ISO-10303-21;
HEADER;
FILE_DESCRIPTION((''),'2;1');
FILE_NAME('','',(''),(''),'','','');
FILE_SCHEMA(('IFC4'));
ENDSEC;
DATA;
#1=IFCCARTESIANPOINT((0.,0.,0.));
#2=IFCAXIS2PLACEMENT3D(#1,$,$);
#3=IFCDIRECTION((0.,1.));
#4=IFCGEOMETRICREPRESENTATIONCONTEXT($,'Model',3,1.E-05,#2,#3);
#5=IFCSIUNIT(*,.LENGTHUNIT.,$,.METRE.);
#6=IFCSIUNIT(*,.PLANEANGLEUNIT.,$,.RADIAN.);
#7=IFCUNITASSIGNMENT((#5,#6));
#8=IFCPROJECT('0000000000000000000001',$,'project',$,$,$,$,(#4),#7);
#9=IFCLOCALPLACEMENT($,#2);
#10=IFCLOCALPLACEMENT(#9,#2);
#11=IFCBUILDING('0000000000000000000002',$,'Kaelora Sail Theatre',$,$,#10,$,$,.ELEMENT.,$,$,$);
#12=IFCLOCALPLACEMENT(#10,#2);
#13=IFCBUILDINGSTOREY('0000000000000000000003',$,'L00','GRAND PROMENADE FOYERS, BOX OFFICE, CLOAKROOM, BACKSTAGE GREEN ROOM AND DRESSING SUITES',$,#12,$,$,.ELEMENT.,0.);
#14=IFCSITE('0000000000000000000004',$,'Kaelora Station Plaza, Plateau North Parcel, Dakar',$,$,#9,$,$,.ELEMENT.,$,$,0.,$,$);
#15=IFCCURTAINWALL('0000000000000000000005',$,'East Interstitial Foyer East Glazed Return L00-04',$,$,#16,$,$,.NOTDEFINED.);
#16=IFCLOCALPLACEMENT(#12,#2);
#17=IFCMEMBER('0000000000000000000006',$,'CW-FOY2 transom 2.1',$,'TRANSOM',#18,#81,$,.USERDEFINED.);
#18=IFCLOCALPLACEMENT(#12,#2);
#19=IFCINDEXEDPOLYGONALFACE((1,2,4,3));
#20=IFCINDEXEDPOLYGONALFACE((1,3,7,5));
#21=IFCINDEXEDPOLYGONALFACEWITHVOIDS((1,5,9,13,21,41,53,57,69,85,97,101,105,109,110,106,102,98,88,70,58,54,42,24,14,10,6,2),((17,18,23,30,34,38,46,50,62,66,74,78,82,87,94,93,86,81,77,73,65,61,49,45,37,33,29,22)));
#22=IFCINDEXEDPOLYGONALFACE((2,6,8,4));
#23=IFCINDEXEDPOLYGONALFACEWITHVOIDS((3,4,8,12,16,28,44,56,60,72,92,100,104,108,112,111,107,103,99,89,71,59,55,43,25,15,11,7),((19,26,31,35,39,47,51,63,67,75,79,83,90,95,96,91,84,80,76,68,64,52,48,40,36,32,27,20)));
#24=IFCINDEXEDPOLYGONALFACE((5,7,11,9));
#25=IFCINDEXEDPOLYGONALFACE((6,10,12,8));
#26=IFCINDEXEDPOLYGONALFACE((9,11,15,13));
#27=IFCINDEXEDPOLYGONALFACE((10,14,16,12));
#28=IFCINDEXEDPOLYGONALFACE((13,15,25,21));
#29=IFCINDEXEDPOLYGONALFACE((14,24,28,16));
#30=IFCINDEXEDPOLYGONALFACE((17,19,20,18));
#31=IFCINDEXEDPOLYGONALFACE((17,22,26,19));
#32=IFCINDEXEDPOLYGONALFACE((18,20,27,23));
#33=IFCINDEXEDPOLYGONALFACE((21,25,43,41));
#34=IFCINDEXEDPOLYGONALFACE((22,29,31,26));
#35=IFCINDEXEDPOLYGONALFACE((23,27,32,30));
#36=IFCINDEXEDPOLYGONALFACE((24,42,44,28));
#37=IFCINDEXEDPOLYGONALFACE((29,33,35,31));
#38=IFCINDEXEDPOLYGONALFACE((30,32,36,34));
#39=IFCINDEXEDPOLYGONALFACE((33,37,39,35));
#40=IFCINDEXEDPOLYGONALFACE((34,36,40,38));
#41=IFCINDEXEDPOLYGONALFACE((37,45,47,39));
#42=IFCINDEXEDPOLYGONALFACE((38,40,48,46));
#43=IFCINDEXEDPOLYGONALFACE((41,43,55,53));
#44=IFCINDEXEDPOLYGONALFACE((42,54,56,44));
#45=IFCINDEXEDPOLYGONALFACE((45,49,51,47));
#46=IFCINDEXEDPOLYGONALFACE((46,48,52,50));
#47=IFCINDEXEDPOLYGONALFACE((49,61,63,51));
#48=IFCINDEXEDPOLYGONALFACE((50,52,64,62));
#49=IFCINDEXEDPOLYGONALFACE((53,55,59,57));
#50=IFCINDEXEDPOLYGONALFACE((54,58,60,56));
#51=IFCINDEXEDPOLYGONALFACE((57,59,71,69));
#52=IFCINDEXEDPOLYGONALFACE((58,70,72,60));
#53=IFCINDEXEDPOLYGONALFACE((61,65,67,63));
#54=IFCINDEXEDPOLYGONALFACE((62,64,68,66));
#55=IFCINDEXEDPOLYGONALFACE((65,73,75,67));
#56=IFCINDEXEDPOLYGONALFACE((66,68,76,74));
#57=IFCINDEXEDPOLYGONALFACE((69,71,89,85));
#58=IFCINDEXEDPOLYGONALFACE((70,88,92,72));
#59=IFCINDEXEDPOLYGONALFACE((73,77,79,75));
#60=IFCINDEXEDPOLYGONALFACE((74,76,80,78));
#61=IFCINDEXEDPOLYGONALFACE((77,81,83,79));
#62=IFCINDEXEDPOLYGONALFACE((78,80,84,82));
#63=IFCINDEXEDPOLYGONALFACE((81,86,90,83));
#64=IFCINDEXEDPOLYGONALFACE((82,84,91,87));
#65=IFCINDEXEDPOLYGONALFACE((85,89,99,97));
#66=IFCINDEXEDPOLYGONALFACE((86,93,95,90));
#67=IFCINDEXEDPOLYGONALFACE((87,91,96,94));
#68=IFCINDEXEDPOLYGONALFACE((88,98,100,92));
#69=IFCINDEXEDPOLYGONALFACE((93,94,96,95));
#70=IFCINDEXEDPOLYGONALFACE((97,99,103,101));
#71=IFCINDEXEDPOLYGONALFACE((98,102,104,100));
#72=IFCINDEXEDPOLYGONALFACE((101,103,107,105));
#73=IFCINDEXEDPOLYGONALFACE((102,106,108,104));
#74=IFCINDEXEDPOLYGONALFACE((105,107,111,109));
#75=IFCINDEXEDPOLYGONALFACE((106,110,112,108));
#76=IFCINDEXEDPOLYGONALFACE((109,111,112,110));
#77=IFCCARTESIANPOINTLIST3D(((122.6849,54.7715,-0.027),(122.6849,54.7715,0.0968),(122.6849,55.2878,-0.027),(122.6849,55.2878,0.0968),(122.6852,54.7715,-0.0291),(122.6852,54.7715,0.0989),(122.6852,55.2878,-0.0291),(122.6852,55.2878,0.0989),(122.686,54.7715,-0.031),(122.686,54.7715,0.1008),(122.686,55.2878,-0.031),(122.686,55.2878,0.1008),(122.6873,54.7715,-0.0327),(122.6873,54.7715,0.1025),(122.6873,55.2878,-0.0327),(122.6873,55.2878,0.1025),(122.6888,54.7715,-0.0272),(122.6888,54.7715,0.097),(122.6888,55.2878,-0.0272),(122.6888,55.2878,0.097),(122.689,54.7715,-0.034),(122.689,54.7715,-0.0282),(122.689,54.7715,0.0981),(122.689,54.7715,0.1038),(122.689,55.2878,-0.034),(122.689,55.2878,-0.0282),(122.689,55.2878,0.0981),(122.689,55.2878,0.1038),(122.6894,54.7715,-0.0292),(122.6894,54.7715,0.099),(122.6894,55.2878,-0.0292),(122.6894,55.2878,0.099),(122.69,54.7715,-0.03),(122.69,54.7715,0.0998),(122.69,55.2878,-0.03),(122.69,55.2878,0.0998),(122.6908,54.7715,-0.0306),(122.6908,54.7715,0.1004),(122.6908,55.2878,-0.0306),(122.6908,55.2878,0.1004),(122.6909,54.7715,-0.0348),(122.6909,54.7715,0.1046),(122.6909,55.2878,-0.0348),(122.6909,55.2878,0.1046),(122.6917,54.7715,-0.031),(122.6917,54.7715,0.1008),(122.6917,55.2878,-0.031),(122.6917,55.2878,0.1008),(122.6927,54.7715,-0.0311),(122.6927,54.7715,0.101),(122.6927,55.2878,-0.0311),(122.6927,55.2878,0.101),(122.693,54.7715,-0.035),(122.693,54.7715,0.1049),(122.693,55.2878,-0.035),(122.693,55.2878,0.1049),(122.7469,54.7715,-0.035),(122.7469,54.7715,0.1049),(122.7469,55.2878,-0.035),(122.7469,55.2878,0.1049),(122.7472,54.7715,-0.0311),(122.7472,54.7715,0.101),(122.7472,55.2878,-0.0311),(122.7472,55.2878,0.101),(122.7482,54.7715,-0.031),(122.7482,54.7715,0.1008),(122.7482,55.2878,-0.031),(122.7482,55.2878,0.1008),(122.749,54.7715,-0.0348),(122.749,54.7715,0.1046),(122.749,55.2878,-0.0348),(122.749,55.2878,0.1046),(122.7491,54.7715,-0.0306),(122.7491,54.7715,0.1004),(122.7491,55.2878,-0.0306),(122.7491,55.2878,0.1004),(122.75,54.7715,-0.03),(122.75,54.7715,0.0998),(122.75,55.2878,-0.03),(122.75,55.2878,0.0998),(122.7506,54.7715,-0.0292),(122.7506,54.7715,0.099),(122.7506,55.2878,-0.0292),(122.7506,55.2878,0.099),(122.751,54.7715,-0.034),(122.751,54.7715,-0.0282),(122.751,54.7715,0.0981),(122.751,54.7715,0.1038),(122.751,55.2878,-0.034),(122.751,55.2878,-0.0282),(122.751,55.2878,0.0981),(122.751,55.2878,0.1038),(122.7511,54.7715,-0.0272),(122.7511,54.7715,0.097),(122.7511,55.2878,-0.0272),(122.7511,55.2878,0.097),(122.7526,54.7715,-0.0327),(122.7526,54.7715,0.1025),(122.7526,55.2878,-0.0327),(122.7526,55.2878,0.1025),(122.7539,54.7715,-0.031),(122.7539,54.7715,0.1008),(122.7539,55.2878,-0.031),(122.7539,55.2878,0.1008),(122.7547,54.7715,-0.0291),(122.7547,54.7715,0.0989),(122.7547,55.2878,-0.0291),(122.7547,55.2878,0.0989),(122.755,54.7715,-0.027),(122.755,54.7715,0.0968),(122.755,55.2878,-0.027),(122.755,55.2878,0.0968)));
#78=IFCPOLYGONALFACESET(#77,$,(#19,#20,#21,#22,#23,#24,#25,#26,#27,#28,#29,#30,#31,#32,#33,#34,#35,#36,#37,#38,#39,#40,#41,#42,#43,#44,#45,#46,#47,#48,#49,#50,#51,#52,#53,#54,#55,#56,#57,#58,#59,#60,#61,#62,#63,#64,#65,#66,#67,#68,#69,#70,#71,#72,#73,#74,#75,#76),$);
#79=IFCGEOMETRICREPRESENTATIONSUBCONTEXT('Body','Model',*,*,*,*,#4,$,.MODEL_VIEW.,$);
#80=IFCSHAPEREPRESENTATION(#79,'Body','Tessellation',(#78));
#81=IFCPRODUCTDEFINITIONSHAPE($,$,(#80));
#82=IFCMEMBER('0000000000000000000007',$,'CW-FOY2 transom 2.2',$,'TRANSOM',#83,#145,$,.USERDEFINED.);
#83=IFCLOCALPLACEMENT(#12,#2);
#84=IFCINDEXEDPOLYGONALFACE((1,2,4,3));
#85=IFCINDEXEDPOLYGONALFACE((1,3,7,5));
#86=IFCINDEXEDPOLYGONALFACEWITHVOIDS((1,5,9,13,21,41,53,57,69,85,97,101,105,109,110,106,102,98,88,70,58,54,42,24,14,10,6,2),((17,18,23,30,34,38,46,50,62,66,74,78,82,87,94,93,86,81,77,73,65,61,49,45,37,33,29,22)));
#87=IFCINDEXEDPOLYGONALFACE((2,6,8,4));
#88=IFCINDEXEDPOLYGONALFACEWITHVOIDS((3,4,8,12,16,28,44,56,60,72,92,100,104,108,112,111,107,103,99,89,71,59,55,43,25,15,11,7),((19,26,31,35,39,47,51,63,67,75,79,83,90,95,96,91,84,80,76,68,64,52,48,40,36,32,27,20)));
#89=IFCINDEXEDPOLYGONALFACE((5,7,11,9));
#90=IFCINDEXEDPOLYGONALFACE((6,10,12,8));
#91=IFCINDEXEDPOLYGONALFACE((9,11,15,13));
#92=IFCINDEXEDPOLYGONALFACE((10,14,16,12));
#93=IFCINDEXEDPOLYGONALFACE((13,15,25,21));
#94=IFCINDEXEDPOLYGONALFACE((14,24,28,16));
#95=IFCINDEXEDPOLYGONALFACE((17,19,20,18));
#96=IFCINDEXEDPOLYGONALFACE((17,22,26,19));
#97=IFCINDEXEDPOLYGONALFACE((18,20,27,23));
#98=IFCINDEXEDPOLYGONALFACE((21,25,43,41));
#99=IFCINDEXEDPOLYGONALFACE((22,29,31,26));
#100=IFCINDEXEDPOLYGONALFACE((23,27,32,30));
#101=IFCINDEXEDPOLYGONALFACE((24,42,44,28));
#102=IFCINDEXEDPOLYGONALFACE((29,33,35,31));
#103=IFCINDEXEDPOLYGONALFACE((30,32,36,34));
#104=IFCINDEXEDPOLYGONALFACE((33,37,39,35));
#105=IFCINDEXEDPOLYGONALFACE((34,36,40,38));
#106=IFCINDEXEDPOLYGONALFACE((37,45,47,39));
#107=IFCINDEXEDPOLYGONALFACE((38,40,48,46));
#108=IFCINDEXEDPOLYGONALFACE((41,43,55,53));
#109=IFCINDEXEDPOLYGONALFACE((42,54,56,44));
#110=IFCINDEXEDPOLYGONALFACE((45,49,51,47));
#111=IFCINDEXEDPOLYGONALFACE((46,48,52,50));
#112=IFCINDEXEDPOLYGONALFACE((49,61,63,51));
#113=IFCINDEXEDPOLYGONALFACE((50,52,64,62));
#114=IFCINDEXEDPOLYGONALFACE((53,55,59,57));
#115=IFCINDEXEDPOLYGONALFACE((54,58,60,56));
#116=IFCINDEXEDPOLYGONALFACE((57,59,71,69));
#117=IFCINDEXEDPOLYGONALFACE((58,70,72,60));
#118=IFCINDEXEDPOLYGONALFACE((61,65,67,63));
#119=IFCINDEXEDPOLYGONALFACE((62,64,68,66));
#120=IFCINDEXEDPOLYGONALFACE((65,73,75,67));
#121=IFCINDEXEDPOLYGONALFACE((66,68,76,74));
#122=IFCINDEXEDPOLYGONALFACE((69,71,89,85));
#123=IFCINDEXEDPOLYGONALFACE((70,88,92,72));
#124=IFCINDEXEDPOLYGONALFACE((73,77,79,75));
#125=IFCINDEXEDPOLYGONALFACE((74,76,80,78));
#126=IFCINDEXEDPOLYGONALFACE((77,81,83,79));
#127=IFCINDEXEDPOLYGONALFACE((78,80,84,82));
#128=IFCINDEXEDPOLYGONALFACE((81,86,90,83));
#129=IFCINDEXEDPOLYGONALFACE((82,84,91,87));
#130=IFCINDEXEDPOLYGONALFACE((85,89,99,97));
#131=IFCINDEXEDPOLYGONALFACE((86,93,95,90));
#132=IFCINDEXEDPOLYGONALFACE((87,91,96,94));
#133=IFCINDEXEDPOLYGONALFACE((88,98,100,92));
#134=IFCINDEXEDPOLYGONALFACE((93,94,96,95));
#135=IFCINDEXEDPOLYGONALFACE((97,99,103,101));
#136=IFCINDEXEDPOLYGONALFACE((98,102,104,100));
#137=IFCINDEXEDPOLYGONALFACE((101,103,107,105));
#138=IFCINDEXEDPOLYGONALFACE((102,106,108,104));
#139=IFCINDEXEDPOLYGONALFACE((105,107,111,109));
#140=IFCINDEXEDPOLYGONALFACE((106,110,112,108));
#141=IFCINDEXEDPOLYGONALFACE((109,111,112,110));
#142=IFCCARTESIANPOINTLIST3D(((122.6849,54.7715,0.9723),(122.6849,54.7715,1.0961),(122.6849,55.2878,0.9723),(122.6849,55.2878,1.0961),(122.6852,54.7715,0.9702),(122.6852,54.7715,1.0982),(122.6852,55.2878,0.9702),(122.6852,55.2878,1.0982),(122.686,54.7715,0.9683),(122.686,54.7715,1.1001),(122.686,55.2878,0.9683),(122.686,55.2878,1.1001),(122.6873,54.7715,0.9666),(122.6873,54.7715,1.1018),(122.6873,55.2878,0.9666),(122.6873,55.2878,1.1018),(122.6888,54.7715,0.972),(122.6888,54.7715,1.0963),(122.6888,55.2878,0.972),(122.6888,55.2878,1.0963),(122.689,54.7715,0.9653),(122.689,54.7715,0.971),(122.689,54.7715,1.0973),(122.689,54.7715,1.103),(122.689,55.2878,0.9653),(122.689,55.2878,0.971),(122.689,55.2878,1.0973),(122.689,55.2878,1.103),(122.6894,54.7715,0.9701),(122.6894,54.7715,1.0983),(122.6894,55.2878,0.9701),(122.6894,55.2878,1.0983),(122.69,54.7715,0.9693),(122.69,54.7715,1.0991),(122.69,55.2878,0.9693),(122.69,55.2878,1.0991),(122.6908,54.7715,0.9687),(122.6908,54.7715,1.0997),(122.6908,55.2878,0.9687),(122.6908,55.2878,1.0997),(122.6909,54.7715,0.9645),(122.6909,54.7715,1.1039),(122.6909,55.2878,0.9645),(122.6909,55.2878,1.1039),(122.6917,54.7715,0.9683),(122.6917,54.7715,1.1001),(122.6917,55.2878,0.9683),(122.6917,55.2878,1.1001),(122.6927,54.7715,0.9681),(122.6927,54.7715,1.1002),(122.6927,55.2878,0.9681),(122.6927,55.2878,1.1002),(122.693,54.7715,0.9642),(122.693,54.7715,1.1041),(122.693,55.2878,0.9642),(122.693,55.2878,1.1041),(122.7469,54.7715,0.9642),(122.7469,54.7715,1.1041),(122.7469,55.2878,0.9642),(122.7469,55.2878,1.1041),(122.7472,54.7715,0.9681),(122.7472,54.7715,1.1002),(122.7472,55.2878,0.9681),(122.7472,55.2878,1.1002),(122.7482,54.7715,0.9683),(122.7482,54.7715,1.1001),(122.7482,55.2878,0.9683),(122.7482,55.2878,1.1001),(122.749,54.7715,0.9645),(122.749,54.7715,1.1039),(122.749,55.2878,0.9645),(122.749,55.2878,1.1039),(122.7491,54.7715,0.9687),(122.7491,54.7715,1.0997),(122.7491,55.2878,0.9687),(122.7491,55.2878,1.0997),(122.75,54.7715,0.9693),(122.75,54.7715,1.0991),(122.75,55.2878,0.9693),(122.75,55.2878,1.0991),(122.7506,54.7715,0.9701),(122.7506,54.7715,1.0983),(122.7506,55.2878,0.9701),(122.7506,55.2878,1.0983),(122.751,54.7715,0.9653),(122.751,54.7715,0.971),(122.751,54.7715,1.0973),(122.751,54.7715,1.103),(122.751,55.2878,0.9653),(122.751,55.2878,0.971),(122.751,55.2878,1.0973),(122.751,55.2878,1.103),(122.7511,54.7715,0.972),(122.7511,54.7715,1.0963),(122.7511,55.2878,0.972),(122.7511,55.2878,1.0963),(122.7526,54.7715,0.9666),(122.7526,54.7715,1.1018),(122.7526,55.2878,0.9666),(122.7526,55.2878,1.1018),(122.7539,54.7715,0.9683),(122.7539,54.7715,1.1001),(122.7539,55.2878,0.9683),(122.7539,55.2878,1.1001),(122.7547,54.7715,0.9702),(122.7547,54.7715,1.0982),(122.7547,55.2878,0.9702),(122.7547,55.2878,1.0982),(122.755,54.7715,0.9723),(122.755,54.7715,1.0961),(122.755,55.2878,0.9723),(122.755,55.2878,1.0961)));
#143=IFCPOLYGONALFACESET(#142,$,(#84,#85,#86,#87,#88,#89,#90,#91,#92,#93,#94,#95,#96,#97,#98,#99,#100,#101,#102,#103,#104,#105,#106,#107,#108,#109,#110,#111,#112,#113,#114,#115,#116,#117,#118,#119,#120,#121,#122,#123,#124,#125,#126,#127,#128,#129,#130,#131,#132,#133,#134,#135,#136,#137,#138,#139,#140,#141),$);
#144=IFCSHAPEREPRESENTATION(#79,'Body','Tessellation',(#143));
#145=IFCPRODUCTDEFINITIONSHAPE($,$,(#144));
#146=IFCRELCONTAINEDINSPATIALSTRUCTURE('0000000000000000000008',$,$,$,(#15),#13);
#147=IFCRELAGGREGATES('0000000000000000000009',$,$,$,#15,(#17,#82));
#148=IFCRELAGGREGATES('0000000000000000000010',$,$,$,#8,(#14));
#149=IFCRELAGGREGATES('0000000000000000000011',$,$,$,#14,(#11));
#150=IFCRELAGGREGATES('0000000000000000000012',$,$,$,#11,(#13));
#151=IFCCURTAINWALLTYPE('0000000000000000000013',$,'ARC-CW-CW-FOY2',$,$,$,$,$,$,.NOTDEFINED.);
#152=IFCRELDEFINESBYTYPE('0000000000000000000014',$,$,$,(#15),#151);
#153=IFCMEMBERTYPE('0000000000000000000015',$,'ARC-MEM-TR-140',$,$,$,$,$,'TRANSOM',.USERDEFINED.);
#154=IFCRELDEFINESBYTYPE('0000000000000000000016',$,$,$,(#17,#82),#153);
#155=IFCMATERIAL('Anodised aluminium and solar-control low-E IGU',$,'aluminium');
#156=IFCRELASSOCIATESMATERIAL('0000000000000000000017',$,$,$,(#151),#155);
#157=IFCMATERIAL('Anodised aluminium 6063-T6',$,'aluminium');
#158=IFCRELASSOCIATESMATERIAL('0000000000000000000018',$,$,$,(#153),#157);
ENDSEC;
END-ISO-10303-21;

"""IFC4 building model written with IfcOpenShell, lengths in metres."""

from ifc_helpers import new_model, si_unit, direction, frame, origin, origin_2d, place, context, subcontext, project, spatial, hollow_rectangle, extrude, material, material_profile, profile_set, type_object, element, aggregate, save


model = new_model("IFC4")

# Units and contexts
model_context = context("Model", 3, precision=1e-05, world=origin(), true_north=direction((0.0, 1.0)))
body_context = subcontext(model_context, "Body", "Model", "MODEL_VIEW")
ifc_project = project(units=[si_unit("LENGTHUNIT", "METRE"), si_unit("PLANEANGLEUNIT", "RADIAN")], contexts=[model_context])

# Site, building, storey
site_placement = place(None, origin())
site = spatial("IfcSite", under=ifc_project, at=site_placement, Name="Kaelora Station Plaza, Plateau North Parcel, Dakar", CompositionType="ELEMENT", RefElevation=0.0)
building_placement = place(site_placement, origin())
building = spatial("IfcBuilding", under=site, at=building_placement, Name="Kaelora Sail Theatre", CompositionType="ELEMENT")
storey_placement = place(building_placement, origin())
storey = spatial("IfcBuildingStorey", under=building, at=storey_placement, Name="L00", Description="GRAND PROMENADE FOYERS, BOX OFFICE, CLOAKROOM, BACKSTAGE GREEN ROOM AND DRESSING SUITES", CompositionType="ELEMENT", Elevation=0.0)

# Curtain wall, members
ifc_material_1 = material(Name="Anodised aluminium and solar-control low-E IGU", Category="aluminium")
curtain_wall_type = type_object("IfcCurtainWallType", Name="ARC-CW-CW-FOY2", PredefinedType="NOTDEFINED", material=ifc_material_1)
curtain_wall_placement = place(storey_placement, origin())
curtain_wall = element("IfcCurtainWall", 1, at=curtain_wall_placement, inside=storey, type_object=curtain_wall_type, Name="East Interstitial Foyer East Glazed Return L00-04", PredefinedType="NOTDEFINED")
ifc_material_2 = material(Name="Anodised aluminium 6063-T6", Category="aluminium")
ifc_material_profile_1 = material_profile(ifc_material_2, hollow_rectangle(XDim=0.0701, YDim=0.1399, WallThickness=0.0039, InnerFilletRadius=0.0039, OuterFilletRadius=0.0081, at=origin_2d()), Name="ALU-TRAN 70x140x4")
ifc_profile_set_1 = profile_set([ifc_material_profile_1], Name="Anodised aluminium 6063-T6")
member_type_1 = type_object("IfcMemberType", Name="ARC-MEM-TR-140", ElementType="TRANSOM", PredefinedType="USERDEFINED", material=ifc_profile_set_1)
member_1_placement = place(storey_placement, frame((122.72, 54.7715, 0.0349), z_axis=(0.0, 1.0, 0.0), x_axis=(-1.0, 0.0, 0.0)))
member_1 = element("IfcMember", 2, at=member_1_placement, type_object=member_type_1, Name="CW-FOY2 transom 2.1", ObjectType="TRANSOM", PredefinedType="USERDEFINED", context=body_context, shape_type="SweptSolid", body=[
    extrude(hollow_rectangle(XDim=0.0701, YDim=0.1399, WallThickness=0.0039, InnerFilletRadius=0.0039, OuterFilletRadius=0.0081, at=origin_2d()), origin(), (0.0, 0.0, 1.0), 0.5164),
])
member_2_placement = place(storey_placement, frame((122.72, 54.7715, 1.0342), z_axis=(0.0, 1.0, 0.0), x_axis=(-1.0, 0.0, 0.0)))
member_2 = element("IfcMember", 3, at=member_2_placement, type_object=member_type_1, Name="CW-FOY2 transom 2.2", ObjectType="TRANSOM", PredefinedType="USERDEFINED", context=body_context, shape_type="SweptSolid", body=[
    extrude(hollow_rectangle(XDim=0.0701, YDim=0.1399, WallThickness=0.0039, InnerFilletRadius=0.0039, OuterFilletRadius=0.0081, at=origin_2d()), origin(), (0.0, 0.0, 1.0), 0.5164),
])
aggregate(curtain_wall, [member_1, member_2])

save(model, "model.ifc")
